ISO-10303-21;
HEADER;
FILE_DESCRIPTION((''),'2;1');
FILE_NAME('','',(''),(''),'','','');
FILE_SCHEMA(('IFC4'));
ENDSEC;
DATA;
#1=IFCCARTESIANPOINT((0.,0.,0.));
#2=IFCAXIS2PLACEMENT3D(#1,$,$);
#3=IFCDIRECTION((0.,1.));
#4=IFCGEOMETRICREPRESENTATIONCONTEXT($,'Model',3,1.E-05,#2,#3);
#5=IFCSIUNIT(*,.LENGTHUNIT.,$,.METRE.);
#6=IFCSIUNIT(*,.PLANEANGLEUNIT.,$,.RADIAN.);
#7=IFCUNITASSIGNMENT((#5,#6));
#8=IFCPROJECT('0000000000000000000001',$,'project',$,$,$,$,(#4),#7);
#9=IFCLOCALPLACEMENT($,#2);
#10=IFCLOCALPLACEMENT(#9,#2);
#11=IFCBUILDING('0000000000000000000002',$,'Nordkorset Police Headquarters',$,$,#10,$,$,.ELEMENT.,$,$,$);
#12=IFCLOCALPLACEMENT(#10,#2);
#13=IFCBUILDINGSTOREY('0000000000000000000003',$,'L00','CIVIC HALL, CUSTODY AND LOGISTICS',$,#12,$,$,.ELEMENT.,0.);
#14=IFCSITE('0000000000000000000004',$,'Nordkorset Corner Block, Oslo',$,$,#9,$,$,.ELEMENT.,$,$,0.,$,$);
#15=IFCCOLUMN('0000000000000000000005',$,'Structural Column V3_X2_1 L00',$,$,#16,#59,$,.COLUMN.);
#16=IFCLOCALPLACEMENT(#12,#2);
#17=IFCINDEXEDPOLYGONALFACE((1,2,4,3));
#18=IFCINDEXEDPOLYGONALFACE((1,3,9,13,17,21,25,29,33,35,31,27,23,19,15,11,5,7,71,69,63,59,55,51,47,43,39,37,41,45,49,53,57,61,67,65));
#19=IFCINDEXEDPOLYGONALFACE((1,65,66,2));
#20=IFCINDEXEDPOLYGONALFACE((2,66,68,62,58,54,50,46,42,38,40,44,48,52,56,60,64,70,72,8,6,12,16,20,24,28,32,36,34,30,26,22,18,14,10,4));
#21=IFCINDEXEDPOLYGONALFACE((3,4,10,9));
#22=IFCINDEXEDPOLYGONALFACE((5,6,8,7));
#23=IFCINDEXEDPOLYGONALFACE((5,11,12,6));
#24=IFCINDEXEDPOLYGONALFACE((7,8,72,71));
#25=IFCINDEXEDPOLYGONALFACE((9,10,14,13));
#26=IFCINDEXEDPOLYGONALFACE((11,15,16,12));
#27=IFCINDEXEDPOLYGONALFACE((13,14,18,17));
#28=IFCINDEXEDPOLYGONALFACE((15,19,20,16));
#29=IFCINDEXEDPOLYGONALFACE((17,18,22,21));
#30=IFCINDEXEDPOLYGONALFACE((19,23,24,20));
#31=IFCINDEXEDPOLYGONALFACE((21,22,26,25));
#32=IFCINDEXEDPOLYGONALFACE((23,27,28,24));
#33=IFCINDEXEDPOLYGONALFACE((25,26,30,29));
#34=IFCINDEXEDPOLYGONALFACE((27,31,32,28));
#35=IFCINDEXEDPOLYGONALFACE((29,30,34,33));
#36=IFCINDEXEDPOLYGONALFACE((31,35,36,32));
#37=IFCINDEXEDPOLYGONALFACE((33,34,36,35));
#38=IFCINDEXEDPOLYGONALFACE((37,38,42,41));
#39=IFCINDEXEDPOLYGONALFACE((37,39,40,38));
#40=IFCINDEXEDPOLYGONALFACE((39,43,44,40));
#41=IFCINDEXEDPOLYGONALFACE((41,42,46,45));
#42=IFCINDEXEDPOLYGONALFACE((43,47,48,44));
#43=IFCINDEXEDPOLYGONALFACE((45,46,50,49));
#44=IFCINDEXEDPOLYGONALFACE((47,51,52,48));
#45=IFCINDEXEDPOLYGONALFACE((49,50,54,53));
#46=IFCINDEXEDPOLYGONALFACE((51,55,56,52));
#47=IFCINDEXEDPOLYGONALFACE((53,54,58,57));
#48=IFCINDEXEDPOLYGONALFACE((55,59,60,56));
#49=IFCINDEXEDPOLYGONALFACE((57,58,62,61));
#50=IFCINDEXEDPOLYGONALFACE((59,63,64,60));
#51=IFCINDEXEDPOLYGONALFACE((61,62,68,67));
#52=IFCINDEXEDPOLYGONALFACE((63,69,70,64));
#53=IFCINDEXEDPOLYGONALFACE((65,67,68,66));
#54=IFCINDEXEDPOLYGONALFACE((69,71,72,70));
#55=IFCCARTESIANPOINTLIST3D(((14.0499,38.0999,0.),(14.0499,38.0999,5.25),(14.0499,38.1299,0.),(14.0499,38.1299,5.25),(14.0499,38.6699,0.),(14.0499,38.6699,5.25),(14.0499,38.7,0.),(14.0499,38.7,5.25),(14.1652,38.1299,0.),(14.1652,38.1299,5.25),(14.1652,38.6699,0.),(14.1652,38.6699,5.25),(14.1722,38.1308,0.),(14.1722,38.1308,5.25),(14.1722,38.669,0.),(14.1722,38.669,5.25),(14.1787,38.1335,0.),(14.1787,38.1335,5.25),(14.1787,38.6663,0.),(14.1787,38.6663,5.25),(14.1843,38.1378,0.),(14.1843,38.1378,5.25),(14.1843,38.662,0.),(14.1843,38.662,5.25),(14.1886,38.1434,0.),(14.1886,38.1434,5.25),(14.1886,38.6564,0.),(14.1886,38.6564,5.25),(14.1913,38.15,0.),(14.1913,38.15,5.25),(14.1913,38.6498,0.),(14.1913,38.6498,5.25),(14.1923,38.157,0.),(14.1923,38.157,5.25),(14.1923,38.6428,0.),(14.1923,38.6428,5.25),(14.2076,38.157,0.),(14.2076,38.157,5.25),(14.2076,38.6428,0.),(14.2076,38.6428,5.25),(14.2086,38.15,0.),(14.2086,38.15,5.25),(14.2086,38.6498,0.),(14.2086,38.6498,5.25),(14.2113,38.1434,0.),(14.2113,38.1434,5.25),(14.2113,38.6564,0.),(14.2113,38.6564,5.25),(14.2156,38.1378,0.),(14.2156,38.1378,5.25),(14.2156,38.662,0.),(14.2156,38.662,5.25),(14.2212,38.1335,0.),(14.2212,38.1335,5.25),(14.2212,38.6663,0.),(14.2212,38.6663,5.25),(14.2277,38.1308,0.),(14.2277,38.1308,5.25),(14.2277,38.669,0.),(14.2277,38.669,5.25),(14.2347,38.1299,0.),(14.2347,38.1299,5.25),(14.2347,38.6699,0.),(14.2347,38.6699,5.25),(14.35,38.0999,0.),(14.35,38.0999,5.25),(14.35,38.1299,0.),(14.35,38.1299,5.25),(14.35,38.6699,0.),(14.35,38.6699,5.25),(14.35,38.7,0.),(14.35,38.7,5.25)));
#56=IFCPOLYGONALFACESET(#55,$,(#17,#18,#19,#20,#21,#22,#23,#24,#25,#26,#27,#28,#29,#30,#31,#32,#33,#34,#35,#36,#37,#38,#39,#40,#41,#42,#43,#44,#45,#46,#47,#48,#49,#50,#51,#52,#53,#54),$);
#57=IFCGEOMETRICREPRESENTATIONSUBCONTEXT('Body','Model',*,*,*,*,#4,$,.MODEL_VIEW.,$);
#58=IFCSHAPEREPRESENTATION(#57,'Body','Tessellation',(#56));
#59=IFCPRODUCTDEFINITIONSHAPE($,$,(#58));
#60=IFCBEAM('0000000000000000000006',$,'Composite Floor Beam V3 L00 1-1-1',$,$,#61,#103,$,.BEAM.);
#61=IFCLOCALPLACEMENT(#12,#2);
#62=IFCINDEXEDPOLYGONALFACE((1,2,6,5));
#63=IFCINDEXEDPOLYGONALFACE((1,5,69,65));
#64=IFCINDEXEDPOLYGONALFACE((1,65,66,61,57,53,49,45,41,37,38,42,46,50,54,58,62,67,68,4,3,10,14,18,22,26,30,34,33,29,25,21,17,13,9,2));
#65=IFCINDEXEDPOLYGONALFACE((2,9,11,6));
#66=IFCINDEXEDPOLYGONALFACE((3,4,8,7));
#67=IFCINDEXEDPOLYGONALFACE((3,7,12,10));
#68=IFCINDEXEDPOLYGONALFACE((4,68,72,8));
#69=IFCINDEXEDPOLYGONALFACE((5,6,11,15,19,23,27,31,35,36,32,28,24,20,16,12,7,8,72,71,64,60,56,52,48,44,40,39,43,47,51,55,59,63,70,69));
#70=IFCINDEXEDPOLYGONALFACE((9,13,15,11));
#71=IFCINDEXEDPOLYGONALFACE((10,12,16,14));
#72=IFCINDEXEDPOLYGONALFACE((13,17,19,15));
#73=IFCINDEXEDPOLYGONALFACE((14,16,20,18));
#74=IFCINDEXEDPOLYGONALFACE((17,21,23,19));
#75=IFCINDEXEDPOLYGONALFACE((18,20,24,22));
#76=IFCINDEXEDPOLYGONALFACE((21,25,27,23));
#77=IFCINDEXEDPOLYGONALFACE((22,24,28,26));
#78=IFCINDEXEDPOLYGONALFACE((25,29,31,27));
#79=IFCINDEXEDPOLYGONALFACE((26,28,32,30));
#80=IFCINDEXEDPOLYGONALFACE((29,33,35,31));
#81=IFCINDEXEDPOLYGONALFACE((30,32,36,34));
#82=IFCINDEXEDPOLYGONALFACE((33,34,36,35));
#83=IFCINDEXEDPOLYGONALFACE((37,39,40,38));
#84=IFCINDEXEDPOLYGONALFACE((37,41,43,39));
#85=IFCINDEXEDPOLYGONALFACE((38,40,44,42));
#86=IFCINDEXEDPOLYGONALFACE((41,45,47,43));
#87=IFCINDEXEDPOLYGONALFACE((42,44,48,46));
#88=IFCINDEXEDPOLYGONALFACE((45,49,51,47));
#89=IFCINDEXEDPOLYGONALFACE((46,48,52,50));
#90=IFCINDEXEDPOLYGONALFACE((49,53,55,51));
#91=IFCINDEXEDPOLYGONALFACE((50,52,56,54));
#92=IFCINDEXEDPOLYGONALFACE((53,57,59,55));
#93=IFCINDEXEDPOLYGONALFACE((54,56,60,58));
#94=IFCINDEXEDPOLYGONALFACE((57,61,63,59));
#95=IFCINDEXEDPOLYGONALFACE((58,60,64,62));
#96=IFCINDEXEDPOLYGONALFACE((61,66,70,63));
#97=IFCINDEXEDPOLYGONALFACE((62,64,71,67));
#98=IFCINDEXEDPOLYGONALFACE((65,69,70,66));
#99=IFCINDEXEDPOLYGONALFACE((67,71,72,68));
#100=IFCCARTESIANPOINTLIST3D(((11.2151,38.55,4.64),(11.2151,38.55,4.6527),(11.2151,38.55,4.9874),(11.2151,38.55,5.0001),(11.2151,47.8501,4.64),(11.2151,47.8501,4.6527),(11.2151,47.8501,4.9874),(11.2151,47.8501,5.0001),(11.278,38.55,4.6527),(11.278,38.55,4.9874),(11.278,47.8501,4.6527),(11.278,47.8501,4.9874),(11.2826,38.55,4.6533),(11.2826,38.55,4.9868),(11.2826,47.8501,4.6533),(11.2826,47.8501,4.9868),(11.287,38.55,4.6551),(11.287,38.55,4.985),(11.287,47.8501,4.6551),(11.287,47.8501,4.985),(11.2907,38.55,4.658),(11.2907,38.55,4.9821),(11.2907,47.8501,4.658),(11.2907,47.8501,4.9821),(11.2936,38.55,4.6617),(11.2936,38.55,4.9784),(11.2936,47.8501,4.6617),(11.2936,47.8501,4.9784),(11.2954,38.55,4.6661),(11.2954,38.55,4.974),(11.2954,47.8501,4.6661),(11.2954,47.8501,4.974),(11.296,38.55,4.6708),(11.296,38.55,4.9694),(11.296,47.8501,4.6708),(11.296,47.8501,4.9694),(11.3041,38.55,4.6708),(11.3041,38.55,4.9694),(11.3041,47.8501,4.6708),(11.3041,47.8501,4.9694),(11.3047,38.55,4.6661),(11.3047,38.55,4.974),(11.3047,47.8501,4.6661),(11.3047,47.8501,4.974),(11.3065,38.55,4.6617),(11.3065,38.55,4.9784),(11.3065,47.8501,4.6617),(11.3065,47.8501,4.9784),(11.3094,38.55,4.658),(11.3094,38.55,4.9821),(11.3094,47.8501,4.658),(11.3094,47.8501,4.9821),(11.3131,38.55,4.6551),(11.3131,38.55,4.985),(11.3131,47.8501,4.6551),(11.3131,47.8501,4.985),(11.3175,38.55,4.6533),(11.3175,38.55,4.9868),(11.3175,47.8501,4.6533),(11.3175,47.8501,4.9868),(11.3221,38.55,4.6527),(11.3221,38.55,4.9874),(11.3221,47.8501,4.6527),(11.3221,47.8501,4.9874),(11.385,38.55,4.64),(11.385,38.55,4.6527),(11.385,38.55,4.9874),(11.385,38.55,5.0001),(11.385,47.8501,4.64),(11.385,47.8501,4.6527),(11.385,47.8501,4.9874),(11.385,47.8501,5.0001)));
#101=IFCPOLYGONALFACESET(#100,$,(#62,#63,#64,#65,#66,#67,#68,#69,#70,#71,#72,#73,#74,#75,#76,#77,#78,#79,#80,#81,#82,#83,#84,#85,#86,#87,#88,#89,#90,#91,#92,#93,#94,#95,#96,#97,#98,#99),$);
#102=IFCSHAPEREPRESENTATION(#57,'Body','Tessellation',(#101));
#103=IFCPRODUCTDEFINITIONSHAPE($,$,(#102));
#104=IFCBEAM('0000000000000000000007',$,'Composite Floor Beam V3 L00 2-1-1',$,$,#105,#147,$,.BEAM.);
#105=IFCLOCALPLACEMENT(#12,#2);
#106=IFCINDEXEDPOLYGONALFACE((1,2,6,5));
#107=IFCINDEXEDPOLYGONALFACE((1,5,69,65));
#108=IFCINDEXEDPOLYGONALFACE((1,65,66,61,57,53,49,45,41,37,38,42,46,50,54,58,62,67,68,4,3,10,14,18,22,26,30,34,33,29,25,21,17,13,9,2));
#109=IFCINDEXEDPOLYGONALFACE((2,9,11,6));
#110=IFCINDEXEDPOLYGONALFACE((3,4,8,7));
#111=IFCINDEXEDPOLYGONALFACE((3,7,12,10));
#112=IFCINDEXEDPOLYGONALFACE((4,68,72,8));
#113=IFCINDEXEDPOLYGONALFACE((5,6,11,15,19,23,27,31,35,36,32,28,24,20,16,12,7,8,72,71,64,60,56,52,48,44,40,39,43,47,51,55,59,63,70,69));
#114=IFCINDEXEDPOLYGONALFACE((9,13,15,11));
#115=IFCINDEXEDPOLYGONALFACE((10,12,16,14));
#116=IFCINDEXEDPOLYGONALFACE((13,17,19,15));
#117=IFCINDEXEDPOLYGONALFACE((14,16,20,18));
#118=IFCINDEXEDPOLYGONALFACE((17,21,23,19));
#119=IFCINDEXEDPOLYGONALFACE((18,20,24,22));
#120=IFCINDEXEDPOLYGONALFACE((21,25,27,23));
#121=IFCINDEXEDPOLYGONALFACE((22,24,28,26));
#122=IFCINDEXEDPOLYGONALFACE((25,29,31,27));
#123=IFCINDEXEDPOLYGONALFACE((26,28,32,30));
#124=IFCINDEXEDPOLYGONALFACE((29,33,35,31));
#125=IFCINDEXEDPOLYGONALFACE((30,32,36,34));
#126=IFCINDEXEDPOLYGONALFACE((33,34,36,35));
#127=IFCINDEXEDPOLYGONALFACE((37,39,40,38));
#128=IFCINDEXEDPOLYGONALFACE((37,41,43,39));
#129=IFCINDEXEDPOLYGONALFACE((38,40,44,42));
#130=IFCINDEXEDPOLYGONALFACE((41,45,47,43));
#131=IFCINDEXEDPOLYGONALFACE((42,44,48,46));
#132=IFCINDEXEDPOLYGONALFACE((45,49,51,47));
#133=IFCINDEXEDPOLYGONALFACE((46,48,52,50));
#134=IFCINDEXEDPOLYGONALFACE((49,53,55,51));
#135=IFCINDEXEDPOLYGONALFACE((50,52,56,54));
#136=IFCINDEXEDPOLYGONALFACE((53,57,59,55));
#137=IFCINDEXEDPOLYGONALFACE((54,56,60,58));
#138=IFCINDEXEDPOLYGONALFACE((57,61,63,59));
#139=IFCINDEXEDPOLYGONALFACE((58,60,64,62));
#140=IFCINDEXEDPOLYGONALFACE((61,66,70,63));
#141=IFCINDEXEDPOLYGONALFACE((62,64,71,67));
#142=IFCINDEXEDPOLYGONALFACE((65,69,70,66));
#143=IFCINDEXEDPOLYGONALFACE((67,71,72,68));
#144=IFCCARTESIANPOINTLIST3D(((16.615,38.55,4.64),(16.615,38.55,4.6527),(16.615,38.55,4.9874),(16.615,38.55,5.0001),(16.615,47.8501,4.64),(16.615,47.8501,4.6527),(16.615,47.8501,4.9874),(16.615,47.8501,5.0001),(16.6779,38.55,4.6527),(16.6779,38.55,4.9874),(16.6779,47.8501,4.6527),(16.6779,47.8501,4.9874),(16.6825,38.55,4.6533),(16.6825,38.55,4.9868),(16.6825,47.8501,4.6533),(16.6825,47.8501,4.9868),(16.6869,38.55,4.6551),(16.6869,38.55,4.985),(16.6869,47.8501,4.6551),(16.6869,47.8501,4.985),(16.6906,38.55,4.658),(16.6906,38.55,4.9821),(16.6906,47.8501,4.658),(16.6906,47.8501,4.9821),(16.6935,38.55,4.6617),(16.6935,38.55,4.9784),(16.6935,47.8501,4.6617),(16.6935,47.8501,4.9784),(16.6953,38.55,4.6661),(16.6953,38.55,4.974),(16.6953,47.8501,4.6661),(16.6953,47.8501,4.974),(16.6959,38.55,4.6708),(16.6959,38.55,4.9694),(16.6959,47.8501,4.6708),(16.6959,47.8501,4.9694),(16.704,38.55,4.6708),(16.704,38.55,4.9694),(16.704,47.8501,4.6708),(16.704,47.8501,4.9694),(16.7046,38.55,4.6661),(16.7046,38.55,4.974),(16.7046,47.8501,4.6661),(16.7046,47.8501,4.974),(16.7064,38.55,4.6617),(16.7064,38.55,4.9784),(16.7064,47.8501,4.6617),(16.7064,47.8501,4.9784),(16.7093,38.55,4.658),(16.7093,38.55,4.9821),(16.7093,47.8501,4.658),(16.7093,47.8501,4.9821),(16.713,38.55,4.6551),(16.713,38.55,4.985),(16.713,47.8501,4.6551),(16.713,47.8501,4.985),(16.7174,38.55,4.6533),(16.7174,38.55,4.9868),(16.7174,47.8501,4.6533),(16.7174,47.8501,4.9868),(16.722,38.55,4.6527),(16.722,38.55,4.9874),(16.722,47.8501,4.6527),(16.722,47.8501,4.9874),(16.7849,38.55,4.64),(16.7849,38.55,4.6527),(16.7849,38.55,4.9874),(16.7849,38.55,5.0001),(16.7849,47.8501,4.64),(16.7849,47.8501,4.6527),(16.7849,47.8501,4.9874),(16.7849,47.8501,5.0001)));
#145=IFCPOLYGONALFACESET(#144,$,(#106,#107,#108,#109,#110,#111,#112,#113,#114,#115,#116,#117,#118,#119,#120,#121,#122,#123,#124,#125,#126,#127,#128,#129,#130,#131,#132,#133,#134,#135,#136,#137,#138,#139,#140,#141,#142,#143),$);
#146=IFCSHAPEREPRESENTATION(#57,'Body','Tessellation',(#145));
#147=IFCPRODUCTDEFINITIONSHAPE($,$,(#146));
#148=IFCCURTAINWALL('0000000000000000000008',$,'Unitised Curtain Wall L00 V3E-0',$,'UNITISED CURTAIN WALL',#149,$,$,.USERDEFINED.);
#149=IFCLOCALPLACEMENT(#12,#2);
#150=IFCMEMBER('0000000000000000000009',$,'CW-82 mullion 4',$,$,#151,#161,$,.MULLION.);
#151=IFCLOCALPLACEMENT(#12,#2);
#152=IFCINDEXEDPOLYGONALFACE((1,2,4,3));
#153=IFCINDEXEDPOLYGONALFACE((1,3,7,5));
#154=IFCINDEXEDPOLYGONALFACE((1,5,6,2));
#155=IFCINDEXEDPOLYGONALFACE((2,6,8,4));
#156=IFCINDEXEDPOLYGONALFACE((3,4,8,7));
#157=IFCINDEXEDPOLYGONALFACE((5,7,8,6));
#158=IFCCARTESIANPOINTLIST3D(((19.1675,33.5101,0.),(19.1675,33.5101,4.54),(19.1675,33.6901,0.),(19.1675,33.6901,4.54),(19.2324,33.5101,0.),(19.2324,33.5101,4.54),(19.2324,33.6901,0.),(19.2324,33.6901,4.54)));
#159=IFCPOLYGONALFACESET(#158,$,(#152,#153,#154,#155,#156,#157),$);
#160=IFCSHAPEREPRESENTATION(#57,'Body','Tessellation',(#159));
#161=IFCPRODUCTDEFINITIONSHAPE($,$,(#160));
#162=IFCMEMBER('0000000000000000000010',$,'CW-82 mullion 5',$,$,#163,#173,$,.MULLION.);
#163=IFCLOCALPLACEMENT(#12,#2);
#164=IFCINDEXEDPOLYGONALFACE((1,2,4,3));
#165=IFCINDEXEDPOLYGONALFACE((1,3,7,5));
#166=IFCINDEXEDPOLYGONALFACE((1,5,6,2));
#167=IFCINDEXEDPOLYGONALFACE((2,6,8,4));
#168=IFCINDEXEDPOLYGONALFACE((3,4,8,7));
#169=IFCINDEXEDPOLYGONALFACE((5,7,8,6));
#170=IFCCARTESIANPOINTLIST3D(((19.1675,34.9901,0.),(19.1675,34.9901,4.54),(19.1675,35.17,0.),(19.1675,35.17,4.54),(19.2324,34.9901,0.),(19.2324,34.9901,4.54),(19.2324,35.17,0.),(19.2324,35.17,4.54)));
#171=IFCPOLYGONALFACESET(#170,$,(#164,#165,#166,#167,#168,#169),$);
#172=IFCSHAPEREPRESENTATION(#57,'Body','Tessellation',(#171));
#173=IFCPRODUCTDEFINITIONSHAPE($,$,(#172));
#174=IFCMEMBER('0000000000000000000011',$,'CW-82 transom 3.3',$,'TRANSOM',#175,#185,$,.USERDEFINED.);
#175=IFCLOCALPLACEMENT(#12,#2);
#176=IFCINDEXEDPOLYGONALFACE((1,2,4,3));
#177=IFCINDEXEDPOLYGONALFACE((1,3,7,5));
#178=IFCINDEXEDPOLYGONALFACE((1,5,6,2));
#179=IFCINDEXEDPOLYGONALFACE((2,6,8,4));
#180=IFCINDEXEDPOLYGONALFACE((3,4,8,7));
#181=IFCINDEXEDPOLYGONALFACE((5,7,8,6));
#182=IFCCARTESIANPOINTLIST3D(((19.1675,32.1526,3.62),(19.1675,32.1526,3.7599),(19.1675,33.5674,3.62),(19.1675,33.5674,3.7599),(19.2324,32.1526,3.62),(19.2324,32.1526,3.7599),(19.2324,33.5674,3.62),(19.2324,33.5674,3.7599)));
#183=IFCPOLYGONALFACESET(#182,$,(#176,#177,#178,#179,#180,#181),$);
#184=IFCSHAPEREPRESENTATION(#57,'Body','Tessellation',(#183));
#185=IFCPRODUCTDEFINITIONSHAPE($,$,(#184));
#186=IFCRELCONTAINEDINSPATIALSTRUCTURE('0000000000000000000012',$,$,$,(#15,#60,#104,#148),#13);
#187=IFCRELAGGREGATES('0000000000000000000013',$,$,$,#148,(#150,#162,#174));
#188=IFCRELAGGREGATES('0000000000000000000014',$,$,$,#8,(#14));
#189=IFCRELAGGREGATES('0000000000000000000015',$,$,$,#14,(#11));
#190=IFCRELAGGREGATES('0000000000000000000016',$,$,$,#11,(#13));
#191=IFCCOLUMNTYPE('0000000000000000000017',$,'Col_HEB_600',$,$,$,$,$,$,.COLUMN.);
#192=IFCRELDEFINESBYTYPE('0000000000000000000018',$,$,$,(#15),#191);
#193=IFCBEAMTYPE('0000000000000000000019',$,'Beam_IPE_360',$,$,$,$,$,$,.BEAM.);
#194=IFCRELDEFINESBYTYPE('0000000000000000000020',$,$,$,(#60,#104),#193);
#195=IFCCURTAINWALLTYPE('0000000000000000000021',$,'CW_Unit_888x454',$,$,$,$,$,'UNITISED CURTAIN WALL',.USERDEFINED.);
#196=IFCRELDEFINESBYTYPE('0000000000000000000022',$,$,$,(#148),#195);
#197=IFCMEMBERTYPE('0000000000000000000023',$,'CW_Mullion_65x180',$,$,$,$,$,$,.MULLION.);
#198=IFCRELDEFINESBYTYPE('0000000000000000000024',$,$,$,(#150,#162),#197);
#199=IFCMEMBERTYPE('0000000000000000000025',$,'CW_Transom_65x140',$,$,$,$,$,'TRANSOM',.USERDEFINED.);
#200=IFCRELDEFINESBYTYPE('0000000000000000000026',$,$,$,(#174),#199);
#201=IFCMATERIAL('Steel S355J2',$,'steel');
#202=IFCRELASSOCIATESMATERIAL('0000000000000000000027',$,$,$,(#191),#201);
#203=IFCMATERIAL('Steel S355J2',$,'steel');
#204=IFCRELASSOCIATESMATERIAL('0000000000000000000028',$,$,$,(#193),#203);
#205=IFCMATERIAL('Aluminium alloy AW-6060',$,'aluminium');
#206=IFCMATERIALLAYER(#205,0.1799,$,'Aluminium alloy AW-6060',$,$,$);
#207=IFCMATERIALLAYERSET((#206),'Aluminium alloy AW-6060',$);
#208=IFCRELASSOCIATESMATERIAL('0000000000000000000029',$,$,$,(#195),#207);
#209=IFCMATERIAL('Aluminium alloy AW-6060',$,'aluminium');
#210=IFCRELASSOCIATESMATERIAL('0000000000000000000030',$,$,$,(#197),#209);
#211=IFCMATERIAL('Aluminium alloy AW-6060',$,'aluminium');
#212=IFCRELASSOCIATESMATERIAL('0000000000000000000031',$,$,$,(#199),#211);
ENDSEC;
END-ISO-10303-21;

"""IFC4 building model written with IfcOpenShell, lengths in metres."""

from ifc_helpers import new_model, si_unit, direction, frame, origin, origin_2d, place, context, subcontext, project, spatial, rectangle, i_section, extrude, material, layer, layer_set, material_profile, profile_set, type_object, element, aggregate, save


model = new_model("IFC4")

# Units and contexts
model_context = context("Model", 3, precision=1e-05, world=origin(), true_north=direction((0.0, 1.0)))
body_context = subcontext(model_context, "Body", "Model", "MODEL_VIEW")
ifc_project = project(units=[si_unit("LENGTHUNIT", "METRE"), si_unit("PLANEANGLEUNIT", "RADIAN")], contexts=[model_context])

# Site, building, storey
site_placement = place(None, origin())
site = spatial("IfcSite", under=ifc_project, at=site_placement, Name="Nordkorset Corner Block, Oslo", CompositionType="ELEMENT", RefElevation=0.0)
building_placement = place(site_placement, origin())
building = spatial("IfcBuilding", under=site, at=building_placement, Name="Nordkorset Police Headquarters", CompositionType="ELEMENT")
storey_placement = place(building_placement, origin())
storey = spatial("IfcBuildingStorey", under=building, at=storey_placement, Name="L00", Description="CIVIC HALL, CUSTODY AND LOGISTICS", CompositionType="ELEMENT", Elevation=0.0)

# Column
ifc_material_1 = material(Name="Steel S355J2", Category="steel")
ifc_material_profile_1 = material_profile(ifc_material_1, i_section(OverallWidth=0.3, OverallDepth=0.6001, WebThickness=0.0154, FlangeThickness=0.03, FilletRadius=0.0271, at=origin_2d()), Name="HEB 600")
ifc_profile_set_1 = profile_set([ifc_material_profile_1], Name="Steel S355J2")
column_type = type_object("IfcColumnType", Name="Col_HEB_600", PredefinedType="COLUMN", material=ifc_profile_set_1)
column_placement = place(storey_placement, frame((14.2, 38.3999, 0.0), z_axis=(0.0, 0.0, 1.0), x_axis=(1.0, 0.0, 0.0)))
element("IfcColumn", 1, at=column_placement, inside=storey, type_object=column_type, Name="Structural Column V3_X2_1 L00", PredefinedType="COLUMN", context=body_context, shape_type="SweptSolid", body=[
    extrude(i_section(OverallWidth=0.3, OverallDepth=0.6001, WebThickness=0.0154, FlangeThickness=0.03, FilletRadius=0.0271, at=origin_2d()), origin(), (0.0, 0.0, 1.0), 5.25),
])

# Beams
ifc_material_2 = material(Name="Steel S355J2", Category="steel")
ifc_material_profile_2 = material_profile(ifc_material_2, i_section(OverallWidth=0.1699, OverallDepth=0.3601, WebThickness=0.0081, FlangeThickness=0.0127, FilletRadius=0.0181, at=origin_2d()), Name="IPE 360")
ifc_profile_set_2 = profile_set([ifc_material_profile_2], Name="Steel S355J2")
beam_type_1 = type_object("IfcBeamType", Name="Beam_IPE_360", PredefinedType="BEAM", material=ifc_profile_set_2)
for number, where, z_axis, x_axis, name in (
    (2, (11.3, 38.55, 4.8201), (0.0, 1.0, 0.0), (-1.0, 0.0, 0.0), "Composite Floor Beam V3 L00 1-1-1"),
    (3, (16.7, 38.55, 4.8201), (0.0, 1.0, 0.0), (-1.0, 0.0, 0.0), "Composite Floor Beam V3 L00 2-1-1"),
):
    element("IfcBeam", number, at=place(storey_placement, frame(where, z_axis=z_axis, x_axis=x_axis)), inside=storey, type_object=beam_type_1, Name=name, PredefinedType="BEAM", context=body_context, shape_type="SweptSolid", body=[
        extrude(i_section(OverallWidth=0.1699, OverallDepth=0.3601, WebThickness=0.0081, FlangeThickness=0.0127, FilletRadius=0.0181, at=origin_2d()), origin(), (0.0, 0.0, 1.0), 9.3),
    ])

# Curtain wall, members
ifc_material_3 = material(Name="Aluminium alloy AW-6060", Category="aluminium")
ifc_layer_1 = layer(ifc_material_3, 0.1799, Name="Aluminium alloy AW-6060")
ifc_layer_set_1 = layer_set([ifc_layer_1], Name="Aluminium alloy AW-6060")
curtain_wall_type = type_object("IfcCurtainWallType", Name="CW_Unit_888x454", ElementType="UNITISED CURTAIN WALL", PredefinedType="USERDEFINED", material=ifc_layer_set_1)
curtain_wall_placement = place(storey_placement, origin())
curtain_wall = element("IfcCurtainWall", 4, at=curtain_wall_placement, inside=storey, type_object=curtain_wall_type, Name="Unitised Curtain Wall L00 V3E-0", ObjectType="UNITISED CURTAIN WALL", PredefinedType="USERDEFINED")
ifc_material_4 = material(Name="Aluminium alloy AW-6060", Category="aluminium")
ifc_material_profile_3 = material_profile(ifc_material_4, rectangle(XDim=0.0649, YDim=0.1799, at=origin_2d()), Name="ALU MULL 65x180")
ifc_profile_set_3 = profile_set([ifc_material_profile_3], Name="Aluminium alloy AW-6060")
member_type_1 = type_object("IfcMemberType", Name="CW_Mullion_65x180", PredefinedType="MULLION", material=ifc_profile_set_3)
member_1_placement = place(storey_placement, frame((19.2, 33.6001, 0.0), z_axis=(0.0, 0.0, 1.0), x_axis=(-1.0, 0.0, 0.0)))
member_1 = element("IfcMember", 5, at=member_1_placement, type_object=member_type_1, Name="CW-82 mullion 4", PredefinedType="MULLION", context=body_context, shape_type="SweptSolid", body=[
    extrude(rectangle(XDim=0.0649, YDim=0.1799, at=origin_2d()), origin(), (0.0, 0.0, 1.0), 4.54),
])
member_2_placement = place(storey_placement, frame((19.2, 35.0801, 0.0), z_axis=(0.0, 0.0, 1.0), x_axis=(-1.0, 0.0, 0.0)))
member_2 = element("IfcMember", 6, at=member_2_placement, type_object=member_type_1, Name="CW-82 mullion 5", PredefinedType="MULLION", context=body_context, shape_type="SweptSolid", body=[
    extrude(rectangle(XDim=0.0649, YDim=0.1799, at=origin_2d()), origin(), (0.0, 0.0, 1.0), 4.54),
])
ifc_material_5 = material(Name="Aluminium alloy AW-6060", Category="aluminium")
ifc_material_profile_4 = material_profile(ifc_material_5, rectangle(XDim=0.0649, YDim=0.1399, at=origin_2d()), Name="ALU TRAN 65x140")
ifc_profile_set_4 = profile_set([ifc_material_profile_4], Name="Aluminium alloy AW-6060")
member_type_2 = type_object("IfcMemberType", Name="CW_Transom_65x140", ElementType="TRANSOM", PredefinedType="USERDEFINED", material=ifc_profile_set_4)
member_3_placement = place(storey_placement, frame((19.2, 32.1526, 3.6899), z_axis=(0.0, 1.0, 0.0), x_axis=(-1.0, 0.0, 0.0)))
member_3 = element("IfcMember", 7, at=member_3_placement, type_object=member_type_2, Name="CW-82 transom 3.3", ObjectType="TRANSOM", PredefinedType="USERDEFINED", context=body_context, shape_type="SweptSolid", body=[
    extrude(rectangle(XDim=0.0649, YDim=0.1399, at=origin_2d()), origin(), (0.0, 0.0, 1.0), 1.4148),
])

aggregate(curtain_wall, [member_1, member_2, member_3])

save(model, "model.ifc")
